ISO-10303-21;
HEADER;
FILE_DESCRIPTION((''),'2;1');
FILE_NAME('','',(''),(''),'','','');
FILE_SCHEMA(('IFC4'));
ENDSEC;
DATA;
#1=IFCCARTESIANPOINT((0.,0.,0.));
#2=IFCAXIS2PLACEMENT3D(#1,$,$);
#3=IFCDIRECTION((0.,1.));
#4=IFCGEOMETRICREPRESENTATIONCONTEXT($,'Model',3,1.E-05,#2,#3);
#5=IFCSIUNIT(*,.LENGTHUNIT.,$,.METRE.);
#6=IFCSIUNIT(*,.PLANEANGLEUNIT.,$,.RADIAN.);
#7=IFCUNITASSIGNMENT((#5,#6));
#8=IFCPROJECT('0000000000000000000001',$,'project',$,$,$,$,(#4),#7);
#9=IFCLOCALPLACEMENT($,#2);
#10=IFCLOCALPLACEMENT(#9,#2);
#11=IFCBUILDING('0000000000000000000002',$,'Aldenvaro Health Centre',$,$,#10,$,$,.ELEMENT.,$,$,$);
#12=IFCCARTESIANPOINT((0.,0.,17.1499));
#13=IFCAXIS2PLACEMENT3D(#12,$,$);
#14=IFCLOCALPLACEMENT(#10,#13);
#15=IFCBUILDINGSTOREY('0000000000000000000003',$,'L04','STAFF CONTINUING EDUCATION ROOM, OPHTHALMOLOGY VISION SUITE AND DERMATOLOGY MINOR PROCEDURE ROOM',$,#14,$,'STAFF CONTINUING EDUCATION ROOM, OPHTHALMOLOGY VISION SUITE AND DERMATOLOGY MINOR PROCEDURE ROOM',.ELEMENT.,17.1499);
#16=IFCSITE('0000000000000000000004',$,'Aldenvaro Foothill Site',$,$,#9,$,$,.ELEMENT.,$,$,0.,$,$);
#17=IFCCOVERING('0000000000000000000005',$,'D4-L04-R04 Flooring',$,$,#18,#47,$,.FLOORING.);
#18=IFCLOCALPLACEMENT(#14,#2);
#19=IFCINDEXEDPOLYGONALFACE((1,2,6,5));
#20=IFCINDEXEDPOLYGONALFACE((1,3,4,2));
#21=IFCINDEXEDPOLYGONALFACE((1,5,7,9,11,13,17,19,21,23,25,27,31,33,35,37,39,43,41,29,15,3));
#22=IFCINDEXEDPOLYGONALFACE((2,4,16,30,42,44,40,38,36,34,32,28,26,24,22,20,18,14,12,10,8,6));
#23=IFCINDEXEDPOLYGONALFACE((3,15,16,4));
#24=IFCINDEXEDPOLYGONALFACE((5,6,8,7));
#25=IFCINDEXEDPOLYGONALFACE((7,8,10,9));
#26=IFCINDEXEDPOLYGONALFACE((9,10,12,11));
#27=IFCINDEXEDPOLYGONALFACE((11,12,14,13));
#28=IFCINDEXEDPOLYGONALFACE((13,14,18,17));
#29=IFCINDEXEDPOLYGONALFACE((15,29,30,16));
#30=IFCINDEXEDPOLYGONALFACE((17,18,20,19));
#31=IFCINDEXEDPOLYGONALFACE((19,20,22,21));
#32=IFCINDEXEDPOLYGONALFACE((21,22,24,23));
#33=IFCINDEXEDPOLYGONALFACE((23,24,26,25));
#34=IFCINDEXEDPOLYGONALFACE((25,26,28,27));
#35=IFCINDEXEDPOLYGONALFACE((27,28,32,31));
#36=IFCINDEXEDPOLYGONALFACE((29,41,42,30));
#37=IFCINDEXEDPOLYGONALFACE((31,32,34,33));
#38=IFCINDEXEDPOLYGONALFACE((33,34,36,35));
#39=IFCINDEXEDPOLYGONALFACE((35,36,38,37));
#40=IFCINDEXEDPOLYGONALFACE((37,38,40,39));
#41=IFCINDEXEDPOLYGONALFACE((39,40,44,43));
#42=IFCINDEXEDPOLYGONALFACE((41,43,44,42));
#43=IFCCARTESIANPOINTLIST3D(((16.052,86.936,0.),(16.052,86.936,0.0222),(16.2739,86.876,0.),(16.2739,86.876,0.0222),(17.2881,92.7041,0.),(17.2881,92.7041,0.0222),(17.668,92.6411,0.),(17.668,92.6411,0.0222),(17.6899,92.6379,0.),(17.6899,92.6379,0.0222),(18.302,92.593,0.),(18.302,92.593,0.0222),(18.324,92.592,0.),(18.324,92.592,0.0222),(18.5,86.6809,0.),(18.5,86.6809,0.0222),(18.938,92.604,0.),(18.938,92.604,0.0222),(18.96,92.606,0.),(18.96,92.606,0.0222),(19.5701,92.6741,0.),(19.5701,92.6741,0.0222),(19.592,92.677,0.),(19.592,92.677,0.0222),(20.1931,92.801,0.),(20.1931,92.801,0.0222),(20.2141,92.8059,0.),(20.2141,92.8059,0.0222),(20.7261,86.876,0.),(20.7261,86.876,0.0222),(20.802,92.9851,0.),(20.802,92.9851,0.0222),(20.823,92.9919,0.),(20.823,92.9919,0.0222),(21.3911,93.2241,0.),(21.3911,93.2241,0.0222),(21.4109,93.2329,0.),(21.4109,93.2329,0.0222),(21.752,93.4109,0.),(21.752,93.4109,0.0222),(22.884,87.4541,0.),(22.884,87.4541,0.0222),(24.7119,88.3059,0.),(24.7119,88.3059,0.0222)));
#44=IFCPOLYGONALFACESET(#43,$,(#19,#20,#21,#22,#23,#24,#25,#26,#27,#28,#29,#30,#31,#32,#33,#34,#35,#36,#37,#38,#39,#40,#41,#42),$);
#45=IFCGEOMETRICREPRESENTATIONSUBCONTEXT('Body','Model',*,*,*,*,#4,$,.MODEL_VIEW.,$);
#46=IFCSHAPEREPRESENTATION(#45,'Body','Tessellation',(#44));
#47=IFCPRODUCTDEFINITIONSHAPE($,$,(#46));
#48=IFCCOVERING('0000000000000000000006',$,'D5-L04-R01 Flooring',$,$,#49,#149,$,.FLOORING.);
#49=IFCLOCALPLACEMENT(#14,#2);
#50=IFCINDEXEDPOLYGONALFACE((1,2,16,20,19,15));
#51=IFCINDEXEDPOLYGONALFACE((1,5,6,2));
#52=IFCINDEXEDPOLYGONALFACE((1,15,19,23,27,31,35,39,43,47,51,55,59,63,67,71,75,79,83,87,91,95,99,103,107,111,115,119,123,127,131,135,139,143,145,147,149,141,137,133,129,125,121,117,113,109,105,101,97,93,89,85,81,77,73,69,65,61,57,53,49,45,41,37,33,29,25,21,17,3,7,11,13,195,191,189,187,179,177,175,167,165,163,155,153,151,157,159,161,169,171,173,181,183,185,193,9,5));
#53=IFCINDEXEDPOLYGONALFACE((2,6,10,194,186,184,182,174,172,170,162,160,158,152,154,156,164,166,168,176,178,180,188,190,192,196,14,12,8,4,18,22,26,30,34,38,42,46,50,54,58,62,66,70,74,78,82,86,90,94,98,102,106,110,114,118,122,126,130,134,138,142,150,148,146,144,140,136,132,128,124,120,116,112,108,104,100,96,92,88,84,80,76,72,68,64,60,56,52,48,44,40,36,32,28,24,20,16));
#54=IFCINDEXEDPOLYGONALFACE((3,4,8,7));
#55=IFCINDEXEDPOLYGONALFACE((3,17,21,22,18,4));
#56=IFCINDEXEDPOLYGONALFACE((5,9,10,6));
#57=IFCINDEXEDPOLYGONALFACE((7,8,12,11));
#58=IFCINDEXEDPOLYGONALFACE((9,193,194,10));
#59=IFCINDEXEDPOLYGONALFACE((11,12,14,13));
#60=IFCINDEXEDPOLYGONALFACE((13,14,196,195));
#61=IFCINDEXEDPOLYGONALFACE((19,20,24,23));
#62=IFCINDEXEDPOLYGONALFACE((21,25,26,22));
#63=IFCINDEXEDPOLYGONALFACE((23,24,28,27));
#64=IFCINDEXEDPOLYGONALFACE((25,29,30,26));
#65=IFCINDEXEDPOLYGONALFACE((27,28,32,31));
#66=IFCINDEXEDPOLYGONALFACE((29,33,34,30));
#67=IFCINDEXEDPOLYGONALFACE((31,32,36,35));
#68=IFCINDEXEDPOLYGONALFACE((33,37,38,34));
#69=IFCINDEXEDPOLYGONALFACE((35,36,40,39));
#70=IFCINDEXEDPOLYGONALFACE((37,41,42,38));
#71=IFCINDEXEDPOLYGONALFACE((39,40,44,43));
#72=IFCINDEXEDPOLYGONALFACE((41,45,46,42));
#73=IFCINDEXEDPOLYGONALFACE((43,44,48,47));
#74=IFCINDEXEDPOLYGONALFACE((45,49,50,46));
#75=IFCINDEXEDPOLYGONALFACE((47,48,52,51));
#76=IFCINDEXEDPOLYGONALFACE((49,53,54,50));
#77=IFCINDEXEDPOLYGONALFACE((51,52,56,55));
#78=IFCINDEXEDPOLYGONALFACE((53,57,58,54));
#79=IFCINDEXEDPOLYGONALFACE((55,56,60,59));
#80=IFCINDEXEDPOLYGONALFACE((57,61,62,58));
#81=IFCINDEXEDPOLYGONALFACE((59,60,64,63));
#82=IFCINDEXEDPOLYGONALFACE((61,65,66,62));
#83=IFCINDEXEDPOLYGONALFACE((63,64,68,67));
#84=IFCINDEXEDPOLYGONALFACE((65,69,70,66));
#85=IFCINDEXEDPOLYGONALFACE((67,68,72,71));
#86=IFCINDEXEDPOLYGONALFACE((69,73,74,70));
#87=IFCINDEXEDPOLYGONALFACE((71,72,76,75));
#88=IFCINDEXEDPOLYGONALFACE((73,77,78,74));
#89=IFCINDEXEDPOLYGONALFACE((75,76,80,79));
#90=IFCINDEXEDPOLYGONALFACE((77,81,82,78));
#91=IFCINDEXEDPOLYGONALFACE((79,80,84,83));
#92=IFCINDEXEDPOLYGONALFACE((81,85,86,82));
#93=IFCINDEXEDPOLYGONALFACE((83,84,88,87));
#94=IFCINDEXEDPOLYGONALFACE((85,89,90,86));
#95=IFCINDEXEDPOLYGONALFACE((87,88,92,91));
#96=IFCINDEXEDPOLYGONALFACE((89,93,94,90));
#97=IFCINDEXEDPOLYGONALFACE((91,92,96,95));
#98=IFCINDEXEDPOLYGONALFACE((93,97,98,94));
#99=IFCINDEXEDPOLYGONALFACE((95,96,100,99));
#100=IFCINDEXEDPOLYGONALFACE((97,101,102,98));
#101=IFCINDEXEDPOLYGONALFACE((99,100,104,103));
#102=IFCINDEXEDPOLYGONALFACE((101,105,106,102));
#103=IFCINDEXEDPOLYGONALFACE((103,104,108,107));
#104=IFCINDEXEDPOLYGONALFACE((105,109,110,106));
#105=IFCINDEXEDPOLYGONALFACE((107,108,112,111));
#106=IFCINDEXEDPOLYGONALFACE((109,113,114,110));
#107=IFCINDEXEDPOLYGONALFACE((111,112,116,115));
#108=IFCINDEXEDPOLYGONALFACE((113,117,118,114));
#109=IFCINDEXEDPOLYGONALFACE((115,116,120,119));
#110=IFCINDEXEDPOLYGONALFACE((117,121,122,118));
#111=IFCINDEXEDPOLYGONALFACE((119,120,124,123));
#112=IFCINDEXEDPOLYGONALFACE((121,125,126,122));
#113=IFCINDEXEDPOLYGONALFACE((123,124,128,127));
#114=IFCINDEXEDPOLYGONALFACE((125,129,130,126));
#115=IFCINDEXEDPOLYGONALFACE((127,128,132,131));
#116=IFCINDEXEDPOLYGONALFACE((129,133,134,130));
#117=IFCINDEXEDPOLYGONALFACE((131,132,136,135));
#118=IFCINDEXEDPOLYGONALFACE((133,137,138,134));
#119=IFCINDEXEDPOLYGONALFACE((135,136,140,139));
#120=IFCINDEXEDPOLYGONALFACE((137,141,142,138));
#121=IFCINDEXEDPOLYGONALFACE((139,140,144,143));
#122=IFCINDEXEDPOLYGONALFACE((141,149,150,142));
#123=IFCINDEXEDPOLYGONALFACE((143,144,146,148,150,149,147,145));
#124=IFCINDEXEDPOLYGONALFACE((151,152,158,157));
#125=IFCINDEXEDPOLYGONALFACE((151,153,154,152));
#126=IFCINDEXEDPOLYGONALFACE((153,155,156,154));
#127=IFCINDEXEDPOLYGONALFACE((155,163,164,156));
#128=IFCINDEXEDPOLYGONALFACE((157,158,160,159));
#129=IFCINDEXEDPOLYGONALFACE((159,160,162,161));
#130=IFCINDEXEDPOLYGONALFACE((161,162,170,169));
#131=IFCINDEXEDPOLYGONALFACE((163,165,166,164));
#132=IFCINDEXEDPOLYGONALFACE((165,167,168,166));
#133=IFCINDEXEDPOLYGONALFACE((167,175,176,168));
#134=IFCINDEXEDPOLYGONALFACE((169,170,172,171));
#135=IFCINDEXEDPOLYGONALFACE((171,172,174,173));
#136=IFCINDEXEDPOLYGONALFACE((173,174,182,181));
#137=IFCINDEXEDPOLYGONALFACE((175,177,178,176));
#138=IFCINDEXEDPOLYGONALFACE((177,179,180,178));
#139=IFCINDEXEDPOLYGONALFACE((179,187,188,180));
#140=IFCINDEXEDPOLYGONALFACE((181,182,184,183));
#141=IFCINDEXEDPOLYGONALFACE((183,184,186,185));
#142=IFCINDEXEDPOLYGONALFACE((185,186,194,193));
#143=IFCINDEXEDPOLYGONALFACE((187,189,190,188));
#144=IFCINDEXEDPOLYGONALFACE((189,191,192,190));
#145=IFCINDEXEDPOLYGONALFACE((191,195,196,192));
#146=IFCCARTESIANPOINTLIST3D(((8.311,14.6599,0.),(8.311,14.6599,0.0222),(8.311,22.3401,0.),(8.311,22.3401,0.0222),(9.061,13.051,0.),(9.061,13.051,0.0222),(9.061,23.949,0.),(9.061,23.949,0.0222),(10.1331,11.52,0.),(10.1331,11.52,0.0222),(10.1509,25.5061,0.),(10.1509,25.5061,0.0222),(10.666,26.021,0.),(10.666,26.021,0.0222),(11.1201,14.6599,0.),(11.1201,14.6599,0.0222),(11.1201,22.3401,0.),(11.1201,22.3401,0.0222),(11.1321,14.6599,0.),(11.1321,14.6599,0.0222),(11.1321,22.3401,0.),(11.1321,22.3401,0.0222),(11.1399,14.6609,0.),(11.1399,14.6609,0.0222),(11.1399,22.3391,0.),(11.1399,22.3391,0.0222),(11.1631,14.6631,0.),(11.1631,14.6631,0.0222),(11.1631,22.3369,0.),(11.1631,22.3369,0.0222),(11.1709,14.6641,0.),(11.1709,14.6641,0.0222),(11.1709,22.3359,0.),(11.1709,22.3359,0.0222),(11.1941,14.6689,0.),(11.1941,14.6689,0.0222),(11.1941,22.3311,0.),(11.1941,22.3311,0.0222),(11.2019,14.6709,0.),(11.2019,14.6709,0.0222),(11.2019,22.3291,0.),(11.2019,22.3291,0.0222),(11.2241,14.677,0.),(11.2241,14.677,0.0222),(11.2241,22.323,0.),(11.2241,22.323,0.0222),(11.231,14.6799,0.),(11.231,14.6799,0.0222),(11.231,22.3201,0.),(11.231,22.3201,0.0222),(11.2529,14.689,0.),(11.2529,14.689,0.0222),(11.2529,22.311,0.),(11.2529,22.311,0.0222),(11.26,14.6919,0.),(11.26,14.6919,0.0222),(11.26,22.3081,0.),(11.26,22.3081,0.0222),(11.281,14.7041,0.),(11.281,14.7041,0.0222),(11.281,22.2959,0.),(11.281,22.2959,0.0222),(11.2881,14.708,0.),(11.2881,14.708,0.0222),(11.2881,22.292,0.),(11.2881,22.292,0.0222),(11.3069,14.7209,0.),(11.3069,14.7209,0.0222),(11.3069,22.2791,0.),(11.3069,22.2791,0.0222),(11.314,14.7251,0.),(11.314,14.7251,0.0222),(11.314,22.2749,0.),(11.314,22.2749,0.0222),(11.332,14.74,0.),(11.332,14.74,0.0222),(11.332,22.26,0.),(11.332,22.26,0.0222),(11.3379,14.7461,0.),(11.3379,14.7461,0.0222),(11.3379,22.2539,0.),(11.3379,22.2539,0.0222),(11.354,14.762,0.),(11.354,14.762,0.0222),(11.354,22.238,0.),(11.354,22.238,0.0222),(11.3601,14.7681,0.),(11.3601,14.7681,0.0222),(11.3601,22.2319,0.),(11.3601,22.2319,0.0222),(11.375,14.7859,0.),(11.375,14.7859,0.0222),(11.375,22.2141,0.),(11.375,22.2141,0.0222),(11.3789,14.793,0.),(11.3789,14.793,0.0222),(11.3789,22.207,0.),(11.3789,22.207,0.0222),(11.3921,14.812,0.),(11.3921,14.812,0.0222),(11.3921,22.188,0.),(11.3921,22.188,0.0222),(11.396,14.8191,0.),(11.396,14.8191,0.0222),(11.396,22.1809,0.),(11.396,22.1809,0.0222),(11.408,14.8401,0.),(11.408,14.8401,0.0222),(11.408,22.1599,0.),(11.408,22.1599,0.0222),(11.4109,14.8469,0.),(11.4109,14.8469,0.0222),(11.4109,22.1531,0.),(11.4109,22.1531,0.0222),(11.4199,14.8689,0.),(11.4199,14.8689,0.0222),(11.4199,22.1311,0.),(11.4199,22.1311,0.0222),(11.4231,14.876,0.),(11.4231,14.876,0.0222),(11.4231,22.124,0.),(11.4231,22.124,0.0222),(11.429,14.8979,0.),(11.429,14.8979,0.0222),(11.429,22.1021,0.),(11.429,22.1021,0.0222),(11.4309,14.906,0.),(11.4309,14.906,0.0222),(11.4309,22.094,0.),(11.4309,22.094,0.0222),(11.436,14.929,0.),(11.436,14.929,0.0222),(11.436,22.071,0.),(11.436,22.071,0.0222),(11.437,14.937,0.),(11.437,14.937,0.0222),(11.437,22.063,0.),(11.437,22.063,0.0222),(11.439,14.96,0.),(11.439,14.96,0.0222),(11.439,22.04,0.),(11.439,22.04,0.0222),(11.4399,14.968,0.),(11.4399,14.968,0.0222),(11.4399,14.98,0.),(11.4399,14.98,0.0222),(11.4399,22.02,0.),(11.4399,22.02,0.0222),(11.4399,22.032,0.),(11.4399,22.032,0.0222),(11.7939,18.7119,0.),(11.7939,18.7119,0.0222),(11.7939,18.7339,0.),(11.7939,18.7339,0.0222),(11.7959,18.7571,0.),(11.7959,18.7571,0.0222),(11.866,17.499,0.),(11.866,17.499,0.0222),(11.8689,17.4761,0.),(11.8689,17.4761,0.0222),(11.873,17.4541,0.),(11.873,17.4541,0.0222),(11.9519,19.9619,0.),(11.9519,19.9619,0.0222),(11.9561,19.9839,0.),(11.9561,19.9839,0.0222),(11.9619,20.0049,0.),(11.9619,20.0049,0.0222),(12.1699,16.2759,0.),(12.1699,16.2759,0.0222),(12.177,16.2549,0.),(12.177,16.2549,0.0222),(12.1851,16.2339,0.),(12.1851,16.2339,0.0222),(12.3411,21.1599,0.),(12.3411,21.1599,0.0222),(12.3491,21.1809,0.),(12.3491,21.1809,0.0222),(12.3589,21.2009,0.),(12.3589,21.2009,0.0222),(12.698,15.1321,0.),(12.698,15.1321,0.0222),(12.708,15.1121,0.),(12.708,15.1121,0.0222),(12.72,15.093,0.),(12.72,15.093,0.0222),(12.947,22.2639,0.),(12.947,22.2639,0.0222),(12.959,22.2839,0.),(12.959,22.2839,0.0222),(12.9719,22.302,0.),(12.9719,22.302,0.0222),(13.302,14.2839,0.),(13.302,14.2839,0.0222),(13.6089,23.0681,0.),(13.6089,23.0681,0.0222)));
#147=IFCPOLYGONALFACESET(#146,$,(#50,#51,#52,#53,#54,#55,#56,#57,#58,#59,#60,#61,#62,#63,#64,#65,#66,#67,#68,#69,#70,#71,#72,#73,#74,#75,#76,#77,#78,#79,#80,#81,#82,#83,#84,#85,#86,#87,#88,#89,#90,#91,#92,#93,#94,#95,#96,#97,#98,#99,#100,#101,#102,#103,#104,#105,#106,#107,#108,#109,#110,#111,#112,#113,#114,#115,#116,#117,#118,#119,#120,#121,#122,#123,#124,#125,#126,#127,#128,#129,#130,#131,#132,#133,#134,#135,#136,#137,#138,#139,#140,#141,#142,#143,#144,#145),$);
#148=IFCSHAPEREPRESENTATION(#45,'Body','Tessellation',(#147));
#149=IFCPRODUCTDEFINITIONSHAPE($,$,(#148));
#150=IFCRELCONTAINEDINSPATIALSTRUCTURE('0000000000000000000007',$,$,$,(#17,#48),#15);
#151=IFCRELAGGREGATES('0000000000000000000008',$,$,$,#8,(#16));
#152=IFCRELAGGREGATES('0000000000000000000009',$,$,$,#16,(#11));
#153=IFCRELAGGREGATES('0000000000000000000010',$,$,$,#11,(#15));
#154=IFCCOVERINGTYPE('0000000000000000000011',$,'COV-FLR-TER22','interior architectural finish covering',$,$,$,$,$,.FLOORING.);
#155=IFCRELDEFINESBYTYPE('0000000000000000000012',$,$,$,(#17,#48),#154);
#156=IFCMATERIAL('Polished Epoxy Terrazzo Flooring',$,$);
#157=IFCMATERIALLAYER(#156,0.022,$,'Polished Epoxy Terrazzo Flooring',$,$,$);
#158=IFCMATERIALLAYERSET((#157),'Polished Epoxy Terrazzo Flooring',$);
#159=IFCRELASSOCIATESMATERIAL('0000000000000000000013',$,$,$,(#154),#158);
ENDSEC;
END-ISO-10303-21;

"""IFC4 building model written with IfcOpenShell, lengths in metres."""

from ifc_helpers import new_model, si_unit, direction, frame, origin, place, context, subcontext, project, spatial, polyline, outline, extrude, material, layer, layer_set, type_object, element, save


model = new_model("IFC4")

# Units and contexts
model_context = context("Model", 3, precision=1e-05, world=origin(), true_north=direction((0.0, 1.0)))
body_context = subcontext(model_context, "Body", "Model", "MODEL_VIEW")
ifc_project = project(units=[si_unit("LENGTHUNIT", "METRE"), si_unit("PLANEANGLEUNIT", "RADIAN")], contexts=[model_context])

# Site, building, storey
site_placement = place(None, origin())
site = spatial("IfcSite", under=ifc_project, at=site_placement, Name="Aldenvaro Foothill Site", CompositionType="ELEMENT", RefElevation=0.0)
building_placement = place(site_placement, origin())
building = spatial("IfcBuilding", under=site, at=building_placement, Name="Aldenvaro Health Centre", CompositionType="ELEMENT")
storey_placement = place(building_placement, frame((0.0, 0.0, 17.1499)))
storey = spatial("IfcBuildingStorey", under=building, at=storey_placement, Name="L04", Description="STAFF CONTINUING EDUCATION ROOM, OPHTHALMOLOGY VISION SUITE AND DERMATOLOGY MINOR PROCEDURE ROOM", LongName="STAFF CONTINUING EDUCATION ROOM, OPHTHALMOLOGY VISION SUITE AND DERMATOLOGY MINOR PROCEDURE ROOM", CompositionType="ELEMENT", Elevation=17.1499)

# Coverings
ifc_material_1 = material(Name="Polished Epoxy Terrazzo Flooring")
ifc_layer_1 = layer(ifc_material_1, 0.022, Name="Polished Epoxy Terrazzo Flooring")
ifc_layer_set_1 = layer_set([ifc_layer_1], Name="Polished Epoxy Terrazzo Flooring")
covering_type_1 = type_object("IfcCoveringType", Name="COV-FLR-TER22", Description="interior architectural finish covering", PredefinedType="FLOORING", material=ifc_layer_set_1)
covering_1_placement = place(storey_placement, origin())
element("IfcCovering", 1, at=covering_1_placement, inside=storey, type_object=covering_type_1, Name="D4-L04-R04 Flooring", PredefinedType="FLOORING", context=body_context, shape_type="SweptSolid", body=[
    extrude(outline(polyline([(17.668, 92.6411), (17.6899, 92.6379), (18.302, 92.593), (18.324, 92.592), (18.938, 92.604), (18.96, 92.606), (19.5701, 92.6741), (19.592, 92.677), (20.1931, 92.801), (20.2141, 92.8059), (20.802, 92.9851), (20.823, 92.9919), (21.3911, 93.2241), (21.4109, 93.2329), (21.752, 93.4109), (24.7119, 88.3059), (22.884, 87.4541), (20.7261, 86.876), (18.5, 86.6809), (16.2739, 86.876), (16.052, 86.936), (17.2881, 92.7041), (17.668, 92.6411)])), origin(), (0.0, 0.0, 1.0), 0.0222),
])
covering_2_placement = place(storey_placement, origin())
element("IfcCovering", 2, at=covering_2_placement, inside=storey, type_object=covering_type_1, Name="D5-L04-R01 Flooring", PredefinedType="FLOORING", context=body_context, shape_type="SweptSolid", body=[
    extrude(outline(polyline([(8.311, 22.3401), (9.061, 23.949), (10.1509, 25.5061), (10.666, 26.021), (13.6089, 23.0681), (12.9719, 22.302), (12.959, 22.2839), (12.947, 22.2639), (12.3589, 21.2009), (12.3491, 21.1809), (12.3411, 21.1599), (11.9619, 20.0049), (11.9561, 19.9839), (11.9519, 19.9619), (11.7959, 18.7571), (11.7939, 18.7339), (11.7939, 18.7119), (11.866, 17.499), (11.8689, 17.4761), (11.873, 17.4541), (12.1699, 16.2759), (12.177, 16.2549), (12.1851, 16.2339), (12.698, 15.1321), (12.708, 15.1121), (12.72, 15.093), (13.302, 14.2839), (10.1331, 11.52), (9.061, 13.051), (8.311, 14.6599), (11.1201, 14.6599), (11.1321, 14.6599), (11.1399, 14.6609), (11.1631, 14.6631), (11.1709, 14.6641), (11.1941, 14.6689), (11.2019, 14.6709), (11.2241, 14.677), (11.231, 14.6799), (11.2529, 14.689), (11.26, 14.6919), (11.281, 14.7041), (11.2881, 14.708), (11.3069, 14.7209), (11.314, 14.7251), (11.332, 14.74), (11.3379, 14.7461), (11.354, 14.762), (11.3601, 14.7681), (11.375, 14.7859), (11.3789, 14.793), (11.3921, 14.812), (11.396, 14.8191), (11.408, 14.8401), (11.4109, 14.8469), (11.4199, 14.8689), (11.4231, 14.876), (11.429, 14.8979), (11.4309, 14.906), (11.436, 14.929), (11.437, 14.937), (11.439, 14.96), (11.4399, 14.968), (11.4399, 14.98), (11.4399, 22.02), (11.4399, 22.032), (11.439, 22.04), (11.437, 22.063), (11.436, 22.071), (11.4309, 22.094), (11.429, 22.1021), (11.4231, 22.124), (11.4199, 22.1311), (11.4109, 22.1531), (11.408, 22.1599), (11.396, 22.1809), (11.3921, 22.188), (11.3789, 22.207), (11.375, 22.2141), (11.3601, 22.2319), (11.354, 22.238), (11.3379, 22.2539), (11.332, 22.26), (11.314, 22.2749), (11.3069, 22.2791), (11.2881, 22.292), (11.281, 22.2959), (11.26, 22.3081), (11.2529, 22.311), (11.231, 22.3201), (11.2241, 22.323), (11.2019, 22.3291), (11.1941, 22.3311), (11.1709, 22.3359), (11.1631, 22.3369), (11.1399, 22.3391), (11.1321, 22.3401), (11.1201, 22.3401), (8.311, 22.3401)])), origin(), (0.0, 0.0, 1.0), 0.0222),
])

save(model, "model.ifc")
